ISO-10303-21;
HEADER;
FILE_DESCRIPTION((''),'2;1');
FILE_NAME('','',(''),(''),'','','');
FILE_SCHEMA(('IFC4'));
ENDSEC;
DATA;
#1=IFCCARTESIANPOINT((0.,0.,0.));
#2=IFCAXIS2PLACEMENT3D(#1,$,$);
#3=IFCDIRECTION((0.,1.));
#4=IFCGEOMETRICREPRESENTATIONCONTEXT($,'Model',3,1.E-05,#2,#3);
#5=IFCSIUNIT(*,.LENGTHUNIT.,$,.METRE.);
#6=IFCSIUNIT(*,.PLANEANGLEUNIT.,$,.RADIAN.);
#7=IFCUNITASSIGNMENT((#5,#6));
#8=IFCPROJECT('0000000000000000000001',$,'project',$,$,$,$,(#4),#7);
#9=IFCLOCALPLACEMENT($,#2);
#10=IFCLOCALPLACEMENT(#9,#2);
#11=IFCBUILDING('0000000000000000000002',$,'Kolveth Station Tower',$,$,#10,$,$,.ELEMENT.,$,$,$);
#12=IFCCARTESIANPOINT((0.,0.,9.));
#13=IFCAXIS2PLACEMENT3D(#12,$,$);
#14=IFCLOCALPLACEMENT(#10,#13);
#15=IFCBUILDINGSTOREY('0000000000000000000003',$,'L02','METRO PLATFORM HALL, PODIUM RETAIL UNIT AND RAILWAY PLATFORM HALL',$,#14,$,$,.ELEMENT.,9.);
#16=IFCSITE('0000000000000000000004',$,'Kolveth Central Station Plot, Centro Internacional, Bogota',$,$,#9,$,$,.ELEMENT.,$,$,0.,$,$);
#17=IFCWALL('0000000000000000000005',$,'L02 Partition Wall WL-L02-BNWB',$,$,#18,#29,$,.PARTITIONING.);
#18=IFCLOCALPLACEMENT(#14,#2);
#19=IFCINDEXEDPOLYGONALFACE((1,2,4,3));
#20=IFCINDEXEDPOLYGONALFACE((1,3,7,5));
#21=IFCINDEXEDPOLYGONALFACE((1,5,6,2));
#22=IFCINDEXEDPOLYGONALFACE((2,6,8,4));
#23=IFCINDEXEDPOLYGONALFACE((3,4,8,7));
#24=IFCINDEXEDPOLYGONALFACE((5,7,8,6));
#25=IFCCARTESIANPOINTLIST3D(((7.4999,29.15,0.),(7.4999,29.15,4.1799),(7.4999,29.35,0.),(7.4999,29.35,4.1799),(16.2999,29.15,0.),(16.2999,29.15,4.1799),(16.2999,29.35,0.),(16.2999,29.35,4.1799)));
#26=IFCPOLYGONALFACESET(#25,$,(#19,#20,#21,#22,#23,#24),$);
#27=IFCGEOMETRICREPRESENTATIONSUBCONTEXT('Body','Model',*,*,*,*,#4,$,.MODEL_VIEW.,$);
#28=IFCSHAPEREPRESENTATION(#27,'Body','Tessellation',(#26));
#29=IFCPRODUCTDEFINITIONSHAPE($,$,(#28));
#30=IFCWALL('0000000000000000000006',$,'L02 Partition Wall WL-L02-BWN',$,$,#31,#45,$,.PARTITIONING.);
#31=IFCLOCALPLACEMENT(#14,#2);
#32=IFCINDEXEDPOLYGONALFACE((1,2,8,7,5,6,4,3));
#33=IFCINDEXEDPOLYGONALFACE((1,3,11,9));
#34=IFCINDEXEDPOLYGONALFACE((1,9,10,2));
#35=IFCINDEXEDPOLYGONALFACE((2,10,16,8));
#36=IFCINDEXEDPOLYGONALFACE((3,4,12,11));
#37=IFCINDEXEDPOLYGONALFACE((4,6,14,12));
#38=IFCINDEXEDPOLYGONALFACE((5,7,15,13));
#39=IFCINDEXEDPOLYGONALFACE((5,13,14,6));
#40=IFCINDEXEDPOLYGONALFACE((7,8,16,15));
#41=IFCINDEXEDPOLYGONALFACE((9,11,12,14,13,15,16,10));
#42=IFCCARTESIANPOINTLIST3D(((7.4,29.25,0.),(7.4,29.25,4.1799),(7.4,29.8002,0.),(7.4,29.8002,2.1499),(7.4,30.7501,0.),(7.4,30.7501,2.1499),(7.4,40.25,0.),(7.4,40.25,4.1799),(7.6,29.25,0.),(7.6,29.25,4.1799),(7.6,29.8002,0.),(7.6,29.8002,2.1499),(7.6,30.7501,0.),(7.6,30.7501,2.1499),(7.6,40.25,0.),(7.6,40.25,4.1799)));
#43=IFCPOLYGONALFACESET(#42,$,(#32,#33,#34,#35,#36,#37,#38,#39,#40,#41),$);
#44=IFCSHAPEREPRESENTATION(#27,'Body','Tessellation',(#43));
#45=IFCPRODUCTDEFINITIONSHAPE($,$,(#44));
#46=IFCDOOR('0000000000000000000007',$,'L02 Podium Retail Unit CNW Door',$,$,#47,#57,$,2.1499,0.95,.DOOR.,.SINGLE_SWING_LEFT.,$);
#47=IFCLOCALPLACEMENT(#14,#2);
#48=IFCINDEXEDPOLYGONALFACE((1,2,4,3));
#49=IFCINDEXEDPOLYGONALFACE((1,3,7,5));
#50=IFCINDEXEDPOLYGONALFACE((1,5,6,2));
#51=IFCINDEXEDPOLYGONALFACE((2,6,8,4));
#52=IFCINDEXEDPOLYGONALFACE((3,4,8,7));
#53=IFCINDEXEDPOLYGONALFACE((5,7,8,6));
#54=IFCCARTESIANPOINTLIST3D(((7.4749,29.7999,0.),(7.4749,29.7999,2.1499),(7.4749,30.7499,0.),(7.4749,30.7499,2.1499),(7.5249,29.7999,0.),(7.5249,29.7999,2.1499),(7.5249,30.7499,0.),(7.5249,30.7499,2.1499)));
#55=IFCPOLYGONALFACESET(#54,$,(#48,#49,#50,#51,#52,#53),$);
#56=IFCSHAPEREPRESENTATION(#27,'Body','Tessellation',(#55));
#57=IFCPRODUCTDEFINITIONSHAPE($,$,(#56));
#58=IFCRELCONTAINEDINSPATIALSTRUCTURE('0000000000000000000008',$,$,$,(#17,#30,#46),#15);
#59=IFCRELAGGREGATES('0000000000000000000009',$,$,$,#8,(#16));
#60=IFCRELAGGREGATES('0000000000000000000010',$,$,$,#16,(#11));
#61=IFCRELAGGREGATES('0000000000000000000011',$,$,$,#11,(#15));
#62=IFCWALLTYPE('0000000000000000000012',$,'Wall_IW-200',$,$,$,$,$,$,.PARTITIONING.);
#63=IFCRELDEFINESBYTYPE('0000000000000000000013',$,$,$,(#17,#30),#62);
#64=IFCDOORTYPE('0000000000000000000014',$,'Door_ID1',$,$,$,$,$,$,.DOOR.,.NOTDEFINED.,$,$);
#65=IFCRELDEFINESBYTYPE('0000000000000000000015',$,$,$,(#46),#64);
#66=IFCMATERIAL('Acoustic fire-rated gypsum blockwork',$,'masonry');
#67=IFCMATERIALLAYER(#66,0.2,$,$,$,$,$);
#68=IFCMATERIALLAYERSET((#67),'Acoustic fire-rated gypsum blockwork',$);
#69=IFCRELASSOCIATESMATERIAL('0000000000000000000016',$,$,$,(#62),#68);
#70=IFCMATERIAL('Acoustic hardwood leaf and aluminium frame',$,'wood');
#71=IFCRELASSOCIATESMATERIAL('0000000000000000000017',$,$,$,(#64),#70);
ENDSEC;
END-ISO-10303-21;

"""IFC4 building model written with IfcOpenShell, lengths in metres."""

from ifc_helpers import new_model, si_unit, direction, frame, frame_2d, origin, place, context, subcontext, project, spatial, rectangle, extrude, material, layer, layer_set, type_object, element, fill, save


model = new_model("IFC4")

# Units and contexts
model_context = context("Model", 3, precision=1e-05, world=origin(), true_north=direction((0.0, 1.0)))
body_context = subcontext(model_context, "Body", "Model", "MODEL_VIEW")
ifc_project = project(units=[si_unit("LENGTHUNIT", "METRE"), si_unit("PLANEANGLEUNIT", "RADIAN")], contexts=[model_context])

# Site, building, storey
site_placement = place(None, origin())
site = spatial("IfcSite", under=ifc_project, at=site_placement, Name="Kolveth Central Station Plot, Centro Internacional, Bogota", CompositionType="ELEMENT", RefElevation=0.0)
building_placement = place(site_placement, origin())
building = spatial("IfcBuilding", under=site, at=building_placement, Name="Kolveth Station Tower", CompositionType="ELEMENT")
storey_placement = place(building_placement, frame((0.0, 0.0, 9.0)))
storey = spatial("IfcBuildingStorey", under=building, at=storey_placement, Name="L02", Description="METRO PLATFORM HALL, PODIUM RETAIL UNIT AND RAILWAY PLATFORM HALL", CompositionType="ELEMENT", Elevation=9.0)

# Shared definitions
ifc_material_1 = material(Name="Acoustic fire-rated gypsum blockwork", Category="masonry")
ifc_layer_1 = layer(ifc_material_1, 0.2)
ifc_layer_set_1 = layer_set([ifc_layer_1], Name="Acoustic fire-rated gypsum blockwork")
wall_type_1 = type_object("IfcWallType", Name="Wall_IW-200", PredefinedType="PARTITIONING", material=ifc_layer_set_1)
ifc_material_2 = material(Name="Acoustic hardwood leaf and aluminium frame", Category="wood")
door_type_1 = type_object("IfcDoorType", Name="Door_ID1", OperationType="NOTDEFINED", PredefinedType="DOOR", material=ifc_material_2)

# Wall
wall_1_placement = place(storey_placement, frame((7.5, 29.25, 0.0), z_axis=(0.0, 0.0, 1.0), x_axis=(1.0, 0.0, 0.0)))
element("IfcWall", 1, at=wall_1_placement, inside=storey, type_object=wall_type_1, Name="L02 Partition Wall WL-L02-BNWB", PredefinedType="PARTITIONING", context=body_context, shape_type="SweptSolid", body=[
    extrude(rectangle(XDim=8.8, YDim=0.2, at=frame_2d((4.3999, 0.0))), origin(), (0.0, 0.0, 1.0), 4.1799),
])

# Wall, opening, door
wall_2_placement = place(storey_placement, frame((7.5, 29.25, 0.0), z_axis=(0.0, 0.0, 1.0), x_axis=(0.0, 1.0, 0.0)))
wall_2 = element("IfcWall", 2, at=wall_2_placement, inside=storey, type_object=wall_type_1, Name="L02 Partition Wall WL-L02-BWN", PredefinedType="PARTITIONING", context=body_context, shape_type="SweptSolid", body=[
    extrude(rectangle(XDim=11.0, YDim=0.2, at=frame_2d((5.5, 0.0))), origin(), (0.0, 0.0, 1.0), 4.1799),
])
opening_1_placement = place(wall_2_placement, frame((0.55, 0.0, 0.0)))
opening_1 = element("IfcOpeningElement", 3, at=opening_1_placement, cuts=wall_2, PredefinedType="OPENING", context=body_context, shape_type="SweptSolid", body=[
    extrude(rectangle(XDim=0.95, YDim=2.1499, at=frame_2d((0.4751, 1.075))), frame((0.0, 0.1099, 0.0), z_axis=(0.0, -1.0, 0.0), x_axis=(1.0, 0.0, 0.0)), (0.0, 0.0, 1.0), 0.22),
])
door_1_placement = place(opening_1_placement, frame((0.95, 0.0, 0.0), z_axis=(0.0, 0.0, 1.0), x_axis=(-1.0, 0.0, 0.0)))
door_1 = element("IfcDoor", 4, at=door_1_placement, inside=storey, type_object=door_type_1, Name="L02 Podium Retail Unit CNW Door", OperationType="SINGLE_SWING_LEFT", OverallHeight=2.1499, OverallWidth=0.95, PredefinedType="DOOR", context=body_context, shape_type="SweptSolid", body=[
    extrude(rectangle(XDim=0.95, YDim=2.1499, at=frame_2d((0.4751, 1.075))), frame((0.0, 0.0249, 0.0), z_axis=(0.0, -1.0, 0.0), x_axis=(1.0, 0.0, 0.0)), (0.0, 0.0, 1.0), 0.05),
])
fill(opening_1, door_1)

save(model, "model.ifc")
